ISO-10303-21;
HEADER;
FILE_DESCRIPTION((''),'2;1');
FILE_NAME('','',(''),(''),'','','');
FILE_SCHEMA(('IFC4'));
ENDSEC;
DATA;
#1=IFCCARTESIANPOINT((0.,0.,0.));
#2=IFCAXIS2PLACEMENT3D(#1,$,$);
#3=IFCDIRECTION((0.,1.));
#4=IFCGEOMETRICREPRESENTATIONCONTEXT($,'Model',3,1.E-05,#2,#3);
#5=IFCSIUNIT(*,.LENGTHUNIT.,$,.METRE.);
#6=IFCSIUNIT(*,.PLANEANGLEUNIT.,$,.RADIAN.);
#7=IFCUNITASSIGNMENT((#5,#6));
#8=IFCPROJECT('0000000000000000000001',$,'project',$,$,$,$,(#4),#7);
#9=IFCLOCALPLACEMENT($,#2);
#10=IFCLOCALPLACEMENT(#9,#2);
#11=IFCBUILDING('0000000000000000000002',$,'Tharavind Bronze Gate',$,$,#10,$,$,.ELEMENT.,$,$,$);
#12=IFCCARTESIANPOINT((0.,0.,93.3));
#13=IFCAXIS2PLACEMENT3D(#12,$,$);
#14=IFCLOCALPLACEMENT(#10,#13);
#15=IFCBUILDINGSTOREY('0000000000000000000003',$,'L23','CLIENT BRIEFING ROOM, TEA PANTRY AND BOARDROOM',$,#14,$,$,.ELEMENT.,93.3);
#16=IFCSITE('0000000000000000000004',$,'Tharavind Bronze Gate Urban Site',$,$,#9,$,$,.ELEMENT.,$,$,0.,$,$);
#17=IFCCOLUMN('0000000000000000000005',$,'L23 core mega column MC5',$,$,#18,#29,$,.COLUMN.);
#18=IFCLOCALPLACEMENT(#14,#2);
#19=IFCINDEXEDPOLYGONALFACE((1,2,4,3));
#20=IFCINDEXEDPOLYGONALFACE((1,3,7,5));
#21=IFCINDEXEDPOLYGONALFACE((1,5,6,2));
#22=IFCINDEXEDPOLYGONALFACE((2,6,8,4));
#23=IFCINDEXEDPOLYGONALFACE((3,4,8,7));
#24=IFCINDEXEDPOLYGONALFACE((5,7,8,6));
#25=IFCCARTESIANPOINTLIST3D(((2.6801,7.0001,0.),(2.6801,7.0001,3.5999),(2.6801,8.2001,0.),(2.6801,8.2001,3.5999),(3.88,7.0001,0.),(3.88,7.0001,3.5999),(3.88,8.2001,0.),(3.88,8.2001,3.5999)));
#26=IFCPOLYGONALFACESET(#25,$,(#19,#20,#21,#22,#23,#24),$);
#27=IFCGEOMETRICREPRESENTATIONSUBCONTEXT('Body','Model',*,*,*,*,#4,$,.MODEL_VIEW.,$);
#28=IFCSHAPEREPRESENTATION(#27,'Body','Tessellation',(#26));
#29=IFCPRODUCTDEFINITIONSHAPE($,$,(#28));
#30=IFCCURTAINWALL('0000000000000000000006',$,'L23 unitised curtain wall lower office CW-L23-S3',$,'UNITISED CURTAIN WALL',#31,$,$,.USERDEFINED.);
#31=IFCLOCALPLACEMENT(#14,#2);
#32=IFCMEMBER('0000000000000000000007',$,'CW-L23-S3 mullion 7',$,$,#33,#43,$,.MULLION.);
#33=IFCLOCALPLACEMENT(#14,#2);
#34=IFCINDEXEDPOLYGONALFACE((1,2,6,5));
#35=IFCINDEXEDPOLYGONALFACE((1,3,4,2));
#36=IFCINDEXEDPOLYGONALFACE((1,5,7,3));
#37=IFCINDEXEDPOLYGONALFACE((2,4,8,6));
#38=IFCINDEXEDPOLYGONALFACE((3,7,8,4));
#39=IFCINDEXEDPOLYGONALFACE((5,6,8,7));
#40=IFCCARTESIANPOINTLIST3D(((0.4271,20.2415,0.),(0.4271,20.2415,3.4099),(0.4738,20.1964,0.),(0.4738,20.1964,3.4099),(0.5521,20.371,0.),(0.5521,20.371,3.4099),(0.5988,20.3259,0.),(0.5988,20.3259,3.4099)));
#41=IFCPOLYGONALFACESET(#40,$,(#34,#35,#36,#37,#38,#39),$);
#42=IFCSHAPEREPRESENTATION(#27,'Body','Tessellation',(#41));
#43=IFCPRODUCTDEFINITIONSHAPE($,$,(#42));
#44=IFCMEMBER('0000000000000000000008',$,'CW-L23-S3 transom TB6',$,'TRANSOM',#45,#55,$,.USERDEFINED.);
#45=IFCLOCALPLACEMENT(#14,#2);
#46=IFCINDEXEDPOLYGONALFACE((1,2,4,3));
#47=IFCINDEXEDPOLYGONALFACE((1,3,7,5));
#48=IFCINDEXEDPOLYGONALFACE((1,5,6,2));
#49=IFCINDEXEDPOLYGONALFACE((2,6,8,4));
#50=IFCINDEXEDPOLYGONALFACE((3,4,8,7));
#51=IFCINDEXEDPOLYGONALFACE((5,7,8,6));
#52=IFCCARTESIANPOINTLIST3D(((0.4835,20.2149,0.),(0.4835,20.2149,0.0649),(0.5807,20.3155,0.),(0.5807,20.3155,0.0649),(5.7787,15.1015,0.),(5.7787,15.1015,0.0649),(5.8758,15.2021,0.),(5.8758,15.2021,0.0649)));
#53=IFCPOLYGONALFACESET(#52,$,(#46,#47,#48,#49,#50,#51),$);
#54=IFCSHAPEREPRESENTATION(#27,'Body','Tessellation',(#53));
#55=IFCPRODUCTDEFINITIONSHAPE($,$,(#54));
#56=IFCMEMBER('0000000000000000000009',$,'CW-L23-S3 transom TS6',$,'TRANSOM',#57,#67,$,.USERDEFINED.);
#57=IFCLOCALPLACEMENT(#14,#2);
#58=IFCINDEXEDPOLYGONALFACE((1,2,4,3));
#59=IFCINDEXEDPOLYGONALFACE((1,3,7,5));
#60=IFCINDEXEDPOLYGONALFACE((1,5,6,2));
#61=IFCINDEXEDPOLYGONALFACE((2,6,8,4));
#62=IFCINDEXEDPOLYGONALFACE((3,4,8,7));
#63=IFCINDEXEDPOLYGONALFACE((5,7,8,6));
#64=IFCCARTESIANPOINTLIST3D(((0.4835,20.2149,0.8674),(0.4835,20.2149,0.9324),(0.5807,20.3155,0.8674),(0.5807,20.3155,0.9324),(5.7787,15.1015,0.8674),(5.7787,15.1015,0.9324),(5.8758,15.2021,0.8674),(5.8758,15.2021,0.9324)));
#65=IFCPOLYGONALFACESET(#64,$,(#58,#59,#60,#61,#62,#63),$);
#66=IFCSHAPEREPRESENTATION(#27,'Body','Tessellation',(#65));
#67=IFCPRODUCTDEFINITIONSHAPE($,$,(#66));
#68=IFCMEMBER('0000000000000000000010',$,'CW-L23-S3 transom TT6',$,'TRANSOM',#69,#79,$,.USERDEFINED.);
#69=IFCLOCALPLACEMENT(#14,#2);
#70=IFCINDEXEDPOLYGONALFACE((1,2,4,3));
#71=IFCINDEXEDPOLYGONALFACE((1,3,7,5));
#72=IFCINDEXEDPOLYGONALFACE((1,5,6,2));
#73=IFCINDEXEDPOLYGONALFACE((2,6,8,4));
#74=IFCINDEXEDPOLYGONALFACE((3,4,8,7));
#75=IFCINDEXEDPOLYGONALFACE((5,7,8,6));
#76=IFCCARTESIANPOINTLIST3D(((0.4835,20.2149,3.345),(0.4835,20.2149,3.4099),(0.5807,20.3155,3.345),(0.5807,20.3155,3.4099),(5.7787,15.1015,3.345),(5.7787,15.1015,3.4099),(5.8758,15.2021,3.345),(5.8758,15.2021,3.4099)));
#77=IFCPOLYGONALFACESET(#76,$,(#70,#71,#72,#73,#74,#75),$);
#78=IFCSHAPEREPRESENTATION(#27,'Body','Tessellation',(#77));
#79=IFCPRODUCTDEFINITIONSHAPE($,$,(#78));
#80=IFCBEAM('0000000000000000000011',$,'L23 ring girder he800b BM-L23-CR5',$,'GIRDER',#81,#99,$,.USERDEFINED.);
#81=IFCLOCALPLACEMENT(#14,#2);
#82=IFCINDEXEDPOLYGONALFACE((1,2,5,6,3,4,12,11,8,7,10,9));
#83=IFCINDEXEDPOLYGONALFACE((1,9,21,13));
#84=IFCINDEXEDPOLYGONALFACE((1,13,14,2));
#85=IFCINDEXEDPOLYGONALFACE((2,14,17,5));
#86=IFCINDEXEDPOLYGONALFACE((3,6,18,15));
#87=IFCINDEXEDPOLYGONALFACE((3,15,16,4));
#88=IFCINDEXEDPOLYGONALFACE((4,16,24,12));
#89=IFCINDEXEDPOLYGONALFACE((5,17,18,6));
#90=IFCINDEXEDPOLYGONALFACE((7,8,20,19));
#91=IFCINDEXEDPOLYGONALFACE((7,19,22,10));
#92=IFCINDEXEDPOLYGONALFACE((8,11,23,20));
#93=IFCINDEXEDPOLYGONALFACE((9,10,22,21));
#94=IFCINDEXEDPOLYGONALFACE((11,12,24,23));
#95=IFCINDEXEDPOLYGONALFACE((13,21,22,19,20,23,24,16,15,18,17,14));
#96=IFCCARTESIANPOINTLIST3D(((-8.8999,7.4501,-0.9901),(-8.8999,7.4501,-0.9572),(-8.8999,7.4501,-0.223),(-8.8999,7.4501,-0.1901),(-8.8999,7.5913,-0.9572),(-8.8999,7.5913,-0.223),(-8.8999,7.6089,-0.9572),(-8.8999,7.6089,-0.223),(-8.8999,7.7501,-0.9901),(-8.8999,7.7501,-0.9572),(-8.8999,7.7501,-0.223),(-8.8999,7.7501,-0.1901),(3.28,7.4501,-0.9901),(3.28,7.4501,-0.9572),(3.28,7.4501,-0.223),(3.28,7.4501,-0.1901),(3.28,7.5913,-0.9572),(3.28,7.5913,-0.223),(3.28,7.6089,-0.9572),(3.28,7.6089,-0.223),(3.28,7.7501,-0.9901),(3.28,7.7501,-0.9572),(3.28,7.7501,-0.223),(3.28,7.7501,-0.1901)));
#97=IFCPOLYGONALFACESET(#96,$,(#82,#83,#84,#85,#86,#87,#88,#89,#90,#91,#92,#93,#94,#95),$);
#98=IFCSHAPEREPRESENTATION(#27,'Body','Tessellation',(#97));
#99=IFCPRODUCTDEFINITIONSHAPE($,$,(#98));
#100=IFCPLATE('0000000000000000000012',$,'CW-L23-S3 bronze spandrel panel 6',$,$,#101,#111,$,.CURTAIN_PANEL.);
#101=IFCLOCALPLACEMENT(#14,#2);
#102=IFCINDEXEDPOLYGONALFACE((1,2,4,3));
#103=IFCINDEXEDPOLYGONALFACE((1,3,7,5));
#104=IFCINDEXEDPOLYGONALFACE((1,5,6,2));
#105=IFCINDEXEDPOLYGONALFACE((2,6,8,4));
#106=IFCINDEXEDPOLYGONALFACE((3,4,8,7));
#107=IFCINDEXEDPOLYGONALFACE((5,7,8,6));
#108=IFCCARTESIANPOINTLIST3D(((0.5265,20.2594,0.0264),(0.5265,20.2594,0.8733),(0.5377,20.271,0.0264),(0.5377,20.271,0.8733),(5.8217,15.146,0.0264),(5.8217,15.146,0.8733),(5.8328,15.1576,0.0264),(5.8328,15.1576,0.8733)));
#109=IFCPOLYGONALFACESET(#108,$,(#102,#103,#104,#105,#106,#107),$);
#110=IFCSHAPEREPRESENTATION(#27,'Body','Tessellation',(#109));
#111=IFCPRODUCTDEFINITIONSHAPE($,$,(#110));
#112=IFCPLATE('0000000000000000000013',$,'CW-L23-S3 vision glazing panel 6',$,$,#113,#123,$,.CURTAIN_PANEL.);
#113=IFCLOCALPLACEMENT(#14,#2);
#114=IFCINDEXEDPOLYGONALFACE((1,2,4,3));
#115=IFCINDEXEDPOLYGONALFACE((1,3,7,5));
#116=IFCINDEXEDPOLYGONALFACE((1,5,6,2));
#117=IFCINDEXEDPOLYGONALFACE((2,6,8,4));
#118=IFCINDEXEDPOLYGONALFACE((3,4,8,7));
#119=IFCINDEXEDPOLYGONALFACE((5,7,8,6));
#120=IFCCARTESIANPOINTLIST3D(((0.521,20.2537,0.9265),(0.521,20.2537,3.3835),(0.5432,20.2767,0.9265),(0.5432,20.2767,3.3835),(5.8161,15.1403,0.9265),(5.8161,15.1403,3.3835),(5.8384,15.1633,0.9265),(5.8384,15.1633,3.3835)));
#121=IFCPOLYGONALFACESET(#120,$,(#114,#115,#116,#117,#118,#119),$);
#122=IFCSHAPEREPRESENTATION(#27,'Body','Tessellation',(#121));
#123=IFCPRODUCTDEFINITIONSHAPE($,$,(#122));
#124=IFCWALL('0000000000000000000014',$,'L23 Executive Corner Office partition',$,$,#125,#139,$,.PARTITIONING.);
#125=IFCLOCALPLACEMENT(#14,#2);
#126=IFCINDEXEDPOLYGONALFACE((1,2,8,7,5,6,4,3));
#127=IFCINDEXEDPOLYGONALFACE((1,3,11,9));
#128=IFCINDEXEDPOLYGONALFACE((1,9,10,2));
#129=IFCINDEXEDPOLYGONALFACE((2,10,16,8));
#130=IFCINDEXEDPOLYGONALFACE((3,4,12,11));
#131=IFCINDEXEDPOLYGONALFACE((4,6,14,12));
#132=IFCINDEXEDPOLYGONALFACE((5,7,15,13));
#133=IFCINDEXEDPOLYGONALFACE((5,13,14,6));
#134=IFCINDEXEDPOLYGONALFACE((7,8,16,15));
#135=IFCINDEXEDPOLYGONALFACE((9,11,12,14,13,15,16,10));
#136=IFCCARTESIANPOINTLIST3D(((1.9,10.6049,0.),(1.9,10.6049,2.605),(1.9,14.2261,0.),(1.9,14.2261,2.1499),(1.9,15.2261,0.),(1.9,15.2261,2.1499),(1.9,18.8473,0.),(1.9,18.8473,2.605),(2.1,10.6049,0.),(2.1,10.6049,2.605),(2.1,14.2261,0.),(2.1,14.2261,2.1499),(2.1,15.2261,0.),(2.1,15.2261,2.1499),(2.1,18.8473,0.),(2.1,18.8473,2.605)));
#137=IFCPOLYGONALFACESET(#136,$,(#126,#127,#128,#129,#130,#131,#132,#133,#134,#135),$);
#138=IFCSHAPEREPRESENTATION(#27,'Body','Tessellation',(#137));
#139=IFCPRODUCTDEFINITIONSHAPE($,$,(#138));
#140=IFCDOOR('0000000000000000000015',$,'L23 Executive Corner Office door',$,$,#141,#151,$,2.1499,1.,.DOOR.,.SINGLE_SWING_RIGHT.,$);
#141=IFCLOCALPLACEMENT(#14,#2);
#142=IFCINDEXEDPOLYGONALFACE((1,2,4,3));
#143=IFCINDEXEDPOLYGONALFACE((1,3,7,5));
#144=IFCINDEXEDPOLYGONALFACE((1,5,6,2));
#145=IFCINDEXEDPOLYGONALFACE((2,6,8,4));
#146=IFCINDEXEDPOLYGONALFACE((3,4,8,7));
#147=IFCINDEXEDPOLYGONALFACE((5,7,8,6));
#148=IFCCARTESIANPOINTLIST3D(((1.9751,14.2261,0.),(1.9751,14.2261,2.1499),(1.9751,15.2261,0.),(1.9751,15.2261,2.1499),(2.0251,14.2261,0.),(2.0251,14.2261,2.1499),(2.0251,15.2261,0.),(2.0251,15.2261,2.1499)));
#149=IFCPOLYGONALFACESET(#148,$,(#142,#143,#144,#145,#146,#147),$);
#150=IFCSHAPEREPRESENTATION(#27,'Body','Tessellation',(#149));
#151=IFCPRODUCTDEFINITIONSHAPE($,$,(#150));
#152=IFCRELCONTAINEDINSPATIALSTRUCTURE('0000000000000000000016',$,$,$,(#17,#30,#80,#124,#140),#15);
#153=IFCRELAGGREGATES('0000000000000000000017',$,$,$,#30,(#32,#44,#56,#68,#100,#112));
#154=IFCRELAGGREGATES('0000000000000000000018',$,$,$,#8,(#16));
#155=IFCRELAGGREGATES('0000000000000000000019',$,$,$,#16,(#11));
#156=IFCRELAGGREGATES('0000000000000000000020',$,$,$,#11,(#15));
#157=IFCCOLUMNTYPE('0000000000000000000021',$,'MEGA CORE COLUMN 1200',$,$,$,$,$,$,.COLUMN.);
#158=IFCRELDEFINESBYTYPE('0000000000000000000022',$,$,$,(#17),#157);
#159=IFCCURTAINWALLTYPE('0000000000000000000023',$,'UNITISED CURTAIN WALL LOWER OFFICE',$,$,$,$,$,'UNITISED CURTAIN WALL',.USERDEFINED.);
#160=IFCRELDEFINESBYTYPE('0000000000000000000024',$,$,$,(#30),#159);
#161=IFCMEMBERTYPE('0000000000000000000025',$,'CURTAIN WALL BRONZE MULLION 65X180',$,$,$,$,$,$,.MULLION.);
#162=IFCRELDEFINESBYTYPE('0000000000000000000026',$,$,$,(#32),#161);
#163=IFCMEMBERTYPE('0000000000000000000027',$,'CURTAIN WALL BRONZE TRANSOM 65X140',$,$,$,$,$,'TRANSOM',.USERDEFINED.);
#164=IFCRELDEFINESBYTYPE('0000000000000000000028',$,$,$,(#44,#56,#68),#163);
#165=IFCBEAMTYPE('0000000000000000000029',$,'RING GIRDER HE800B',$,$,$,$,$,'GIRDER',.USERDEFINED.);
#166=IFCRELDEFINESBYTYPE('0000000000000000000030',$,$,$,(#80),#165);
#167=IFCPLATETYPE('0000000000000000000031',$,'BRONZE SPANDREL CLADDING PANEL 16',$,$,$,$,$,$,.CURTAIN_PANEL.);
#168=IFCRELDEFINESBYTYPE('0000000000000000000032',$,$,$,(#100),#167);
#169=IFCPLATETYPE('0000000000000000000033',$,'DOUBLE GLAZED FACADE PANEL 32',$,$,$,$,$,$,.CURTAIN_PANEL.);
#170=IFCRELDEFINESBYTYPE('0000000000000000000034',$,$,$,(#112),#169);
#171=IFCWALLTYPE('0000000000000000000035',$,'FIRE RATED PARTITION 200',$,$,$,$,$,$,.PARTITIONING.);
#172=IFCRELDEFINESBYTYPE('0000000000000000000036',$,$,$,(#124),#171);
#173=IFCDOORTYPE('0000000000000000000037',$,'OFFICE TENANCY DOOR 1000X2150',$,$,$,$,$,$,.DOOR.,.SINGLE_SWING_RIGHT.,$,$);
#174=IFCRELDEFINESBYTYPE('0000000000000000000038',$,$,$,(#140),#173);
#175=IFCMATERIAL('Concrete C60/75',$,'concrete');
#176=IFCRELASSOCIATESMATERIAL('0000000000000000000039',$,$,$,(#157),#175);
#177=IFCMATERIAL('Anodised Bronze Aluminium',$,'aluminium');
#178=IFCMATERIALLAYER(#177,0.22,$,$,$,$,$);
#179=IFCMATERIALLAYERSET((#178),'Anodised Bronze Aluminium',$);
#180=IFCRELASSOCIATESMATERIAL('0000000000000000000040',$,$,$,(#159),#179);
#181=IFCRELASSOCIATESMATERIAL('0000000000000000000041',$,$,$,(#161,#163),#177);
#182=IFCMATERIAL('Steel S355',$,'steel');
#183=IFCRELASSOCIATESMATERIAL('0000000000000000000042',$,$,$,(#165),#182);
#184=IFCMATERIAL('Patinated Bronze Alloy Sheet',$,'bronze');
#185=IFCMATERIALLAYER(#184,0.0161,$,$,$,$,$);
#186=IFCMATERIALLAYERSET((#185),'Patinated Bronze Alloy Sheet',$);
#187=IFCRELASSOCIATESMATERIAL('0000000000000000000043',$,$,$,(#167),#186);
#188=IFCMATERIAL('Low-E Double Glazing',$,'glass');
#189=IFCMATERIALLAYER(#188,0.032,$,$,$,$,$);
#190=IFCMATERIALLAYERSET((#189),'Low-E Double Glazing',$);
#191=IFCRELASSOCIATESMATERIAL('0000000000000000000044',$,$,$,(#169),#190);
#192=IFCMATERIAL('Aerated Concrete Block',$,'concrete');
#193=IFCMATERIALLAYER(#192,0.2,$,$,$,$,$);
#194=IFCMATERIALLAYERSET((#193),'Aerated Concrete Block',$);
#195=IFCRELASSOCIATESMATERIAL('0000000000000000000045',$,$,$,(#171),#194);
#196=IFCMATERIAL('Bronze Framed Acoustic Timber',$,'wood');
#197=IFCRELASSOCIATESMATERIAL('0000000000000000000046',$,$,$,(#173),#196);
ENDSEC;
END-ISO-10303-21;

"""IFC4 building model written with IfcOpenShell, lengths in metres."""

from ifc_helpers import new_model, si_unit, direction, frame, frame_2d, origin, origin_2d, place, context, subcontext, project, spatial, rectangle, i_section, extrude, material, layer, layer_set, material_profile, profile_set, type_object, element, fill, aggregate, save


model = new_model("IFC4")

# Units and contexts
model_context = context("Model", 3, precision=1e-05, world=origin(), true_north=direction((0.0, 1.0)))
body_context = subcontext(model_context, "Body", "Model", "MODEL_VIEW")
ifc_project = project(units=[si_unit("LENGTHUNIT", "METRE"), si_unit("PLANEANGLEUNIT", "RADIAN")], contexts=[model_context])

# Site, building, storey
site_placement = place(None, origin())
site = spatial("IfcSite", under=ifc_project, at=site_placement, Name="Tharavind Bronze Gate Urban Site", CompositionType="ELEMENT", RefElevation=0.0)
building_placement = place(site_placement, origin())
building = spatial("IfcBuilding", under=site, at=building_placement, Name="Tharavind Bronze Gate", CompositionType="ELEMENT")
storey_placement = place(building_placement, frame((0.0, 0.0, 93.3)))
storey = spatial("IfcBuildingStorey", under=building, at=storey_placement, Name="L23", Description="CLIENT BRIEFING ROOM, TEA PANTRY AND BOARDROOM", CompositionType="ELEMENT", Elevation=93.3)

# Column
ifc_material_1 = material(Name="Concrete C60/75", Category="concrete")
ifc_material_profile_1 = material_profile(ifc_material_1, rectangle(XDim=1.2, YDim=1.2, at=origin_2d()), Name="RCCOL1200")
ifc_profile_set_1 = profile_set([ifc_material_profile_1], Name="Concrete C60/75")
column_type = type_object("IfcColumnType", Name="MEGA CORE COLUMN 1200", PredefinedType="COLUMN", material=ifc_profile_set_1)
column_placement = place(storey_placement, frame((3.28, 7.6001, 0.0), z_axis=(0.0, 0.0, 1.0), x_axis=(1.0, 0.0, 0.0)))
element("IfcColumn", 1, at=column_placement, inside=storey, type_object=column_type, Name="L23 core mega column MC5", PredefinedType="COLUMN", context=body_context, shape_type="SweptSolid", body=[
    extrude(rectangle(XDim=1.2, YDim=1.2, at=origin_2d()), origin(), (0.0, 0.0, 1.0), 3.5999),
])

# Curtain wall, members
ifc_material_2 = material(Name="Anodised Bronze Aluminium", Category="aluminium")
ifc_layer_1 = layer(ifc_material_2, 0.22)
ifc_layer_set_1 = layer_set([ifc_layer_1], Name="Anodised Bronze Aluminium")
curtain_wall_type = type_object("IfcCurtainWallType", Name="UNITISED CURTAIN WALL LOWER OFFICE", ElementType="UNITISED CURTAIN WALL", PredefinedType="USERDEFINED", material=ifc_layer_set_1)
curtain_wall_placement = place(storey_placement, origin())
curtain_wall = element("IfcCurtainWall", 2, at=curtain_wall_placement, inside=storey, type_object=curtain_wall_type, Name="L23 unitised curtain wall lower office CW-L23-S3", ObjectType="UNITISED CURTAIN WALL", PredefinedType="USERDEFINED")
member_type_1 = type_object("IfcMemberType", Name="CURTAIN WALL BRONZE MULLION 65X180", PredefinedType="MULLION", material=ifc_material_2)
member_1_placement = place(storey_placement, frame((0.5129, 20.2837, 0.0), z_axis=(0.0, 0.0, 1.0), x_axis=(-0.719341, 0.694657, 0.0)))
member_1 = element("IfcMember", 3, at=member_1_placement, type_object=member_type_1, Name="CW-L23-S3 mullion 7", PredefinedType="MULLION", context=body_context, shape_type="SweptSolid", body=[
    extrude(rectangle(XDim=0.0649, YDim=0.1799, at=origin_2d()), origin(), (0.0, 0.0, 1.0), 3.4099),
])
member_type_2 = type_object("IfcMemberType", Name="CURTAIN WALL BRONZE TRANSOM 65X140", ElementType="TRANSOM", PredefinedType="USERDEFINED", material=ifc_material_2)
member_2_placement = place(storey_placement, frame((3.1797, 17.7085, 0.0), z_axis=(0.0, 0.0, 1.0), x_axis=(-0.719341, 0.694657, 0.0)))
member_2 = element("IfcMember", 4, at=member_2_placement, type_object=member_type_2, Name="CW-L23-S3 transom TB6", ObjectType="TRANSOM", PredefinedType="USERDEFINED", context=body_context, shape_type="SweptSolid", body=[
    extrude(rectangle(XDim=7.3611, YDim=0.1399, at=origin_2d()), origin(), (0.0, 0.0, 1.0), 0.0649),
])
member_3_placement = place(storey_placement, frame((3.1797, 17.7085, 0.8674), z_axis=(0.0, 0.0, 1.0), x_axis=(-0.719341, 0.694657, 0.0)))
member_3 = element("IfcMember", 5, at=member_3_placement, type_object=member_type_2, Name="CW-L23-S3 transom TS6", ObjectType="TRANSOM", PredefinedType="USERDEFINED", context=body_context, shape_type="SweptSolid", body=[
    extrude(rectangle(XDim=7.3611, YDim=0.1399, at=origin_2d()), origin(), (0.0, 0.0, 1.0), 0.0649),
])
member_4_placement = place(storey_placement, frame((3.1797, 17.7085, 3.345), z_axis=(0.0, 0.0, 1.0), x_axis=(-0.719341, 0.694657, 0.0)))
member_4 = element("IfcMember", 6, at=member_4_placement, type_object=member_type_2, Name="CW-L23-S3 transom TT6", ObjectType="TRANSOM", PredefinedType="USERDEFINED", context=body_context, shape_type="SweptSolid", body=[
    extrude(rectangle(XDim=7.3611, YDim=0.1399, at=origin_2d()), origin(), (0.0, 0.0, 1.0), 0.0649),
])

# Beam
ifc_material_3 = material(Name="Steel S355", Category="steel")
ifc_material_profile_2 = material_profile(ifc_material_3, i_section(OverallWidth=0.3, OverallDepth=0.8, WebThickness=0.0176, FlangeThickness=0.033, at=origin_2d()), Name="HE800B")
ifc_profile_set_2 = profile_set([ifc_material_profile_2], Name="Steel S355")
beam_type = type_object("IfcBeamType", Name="RING GIRDER HE800B", ElementType="GIRDER", PredefinedType="USERDEFINED", material=ifc_profile_set_2)
beam_placement = place(storey_placement, frame((3.28, 7.6001, -0.5901), z_axis=(-1.0, 0.0, 0.0), x_axis=(0.0, -1.0, 0.0)))
element("IfcBeam", 7, at=beam_placement, inside=storey, type_object=beam_type, Name="L23 ring girder he800b BM-L23-CR5", ObjectType="GIRDER", PredefinedType="USERDEFINED", context=body_context, shape_type="SweptSolid", body=[
    extrude(i_section(OverallWidth=0.3, OverallDepth=0.8, WebThickness=0.0176, FlangeThickness=0.033, at=origin_2d()), origin(), (0.0, 0.0, 1.0), 12.1799),
])

# Plates
ifc_material_4 = material(Name="Patinated Bronze Alloy Sheet", Category="bronze")
ifc_layer_2 = layer(ifc_material_4, 0.0161)
ifc_layer_set_2 = layer_set([ifc_layer_2], Name="Patinated Bronze Alloy Sheet")
plate_type_1 = type_object("IfcPlateType", Name="BRONZE SPANDREL CLADDING PANEL 16", PredefinedType="CURTAIN_PANEL", material=ifc_layer_set_2)
plate_1_placement = place(storey_placement, frame((3.1797, 17.7085, 0.0264), z_axis=(0.0, 0.0, 1.0), x_axis=(-0.719341, 0.694657, 0.0)))
plate_1 = element("IfcPlate", 8, at=plate_1_placement, type_object=plate_type_1, Name="CW-L23-S3 bronze spandrel panel 6", PredefinedType="CURTAIN_PANEL", context=body_context, shape_type="SweptSolid", body=[
    extrude(rectangle(XDim=7.3611, YDim=0.0161, at=origin_2d()), origin(), (0.0, 0.0, 1.0), 0.8469),
])
ifc_material_5 = material(Name="Low-E Double Glazing", Category="glass")
ifc_layer_3 = layer(ifc_material_5, 0.032)
ifc_layer_set_3 = layer_set([ifc_layer_3], Name="Low-E Double Glazing")
plate_type_2 = type_object("IfcPlateType", Name="DOUBLE GLAZED FACADE PANEL 32", PredefinedType="CURTAIN_PANEL", material=ifc_layer_set_3)
plate_2_placement = place(storey_placement, frame((3.1797, 17.7085, 0.9265), z_axis=(0.0, 0.0, 1.0), x_axis=(-0.719341, 0.694657, 0.0)))
plate_2 = element("IfcPlate", 9, at=plate_2_placement, type_object=plate_type_2, Name="CW-L23-S3 vision glazing panel 6", PredefinedType="CURTAIN_PANEL", context=body_context, shape_type="SweptSolid", body=[
    extrude(rectangle(XDim=7.3611, YDim=0.032, at=origin_2d()), origin(), (0.0, 0.0, 1.0), 2.457),
])
aggregate(curtain_wall, [member_1, member_2, member_3, member_4, plate_1, plate_2])

# Wall, opening, door
ifc_material_6 = material(Name="Aerated Concrete Block", Category="concrete")
ifc_layer_4 = layer(ifc_material_6, 0.2)
ifc_layer_set_4 = layer_set([ifc_layer_4], Name="Aerated Concrete Block")
wall_type_1 = type_object("IfcWallType", Name="FIRE RATED PARTITION 200", PredefinedType="PARTITIONING", material=ifc_layer_set_4)
wall_1_placement = place(storey_placement, frame((2.0, 10.605, 0.0), z_axis=(0.0, 0.0, 1.0), x_axis=(0.0, 1.0, 0.0)))
wall_1 = element("IfcWall", 10, at=wall_1_placement, inside=storey, type_object=wall_type_1, Name="L23 Executive Corner Office partition", PredefinedType="PARTITIONING", context=body_context, shape_type="SweptSolid", body=[
    extrude(rectangle(XDim=8.2424, YDim=0.2, at=frame_2d((4.1211, 0.0))), origin(), (0.0, 0.0, 1.0), 2.605),
])
opening_1_placement = place(wall_1_placement, frame((3.6211, 0.0, 0.0)))
opening_1 = element("IfcOpeningElement", 11, at=opening_1_placement, cuts=wall_1, PredefinedType="OPENING", context=body_context, shape_type="SweptSolid", body=[
    extrude(rectangle(XDim=1.0, YDim=2.1499, at=frame_2d((0.5, 1.075))), frame((0.0, 0.1101, 0.0), z_axis=(0.0, -1.0, 0.0), x_axis=(1.0, 0.0, 0.0)), (0.0, 0.0, 1.0), 0.22),
])
ifc_material_7 = material(Name="Bronze Framed Acoustic Timber", Category="wood")
door_type_1 = type_object("IfcDoorType", Name="OFFICE TENANCY DOOR 1000X2150", OperationType="SINGLE_SWING_RIGHT", PredefinedType="DOOR", material=ifc_material_7)
door_1_placement = place(opening_1_placement, origin())
door_1 = element("IfcDoor", 12, at=door_1_placement, inside=storey, type_object=door_type_1, Name="L23 Executive Corner Office door", OperationType="SINGLE_SWING_RIGHT", OverallHeight=2.1499, OverallWidth=1.0, PredefinedType="DOOR", context=body_context, shape_type="SweptSolid", body=[
    extrude(rectangle(XDim=1.0, YDim=2.1499, at=frame_2d((0.5, 1.075))), frame((0.0, 0.0249, 0.0), z_axis=(0.0, -1.0, 0.0), x_axis=(1.0, 0.0, 0.0)), (0.0, 0.0, 1.0), 0.05),
])
fill(opening_1, door_1)

save(model, "model.ifc")
